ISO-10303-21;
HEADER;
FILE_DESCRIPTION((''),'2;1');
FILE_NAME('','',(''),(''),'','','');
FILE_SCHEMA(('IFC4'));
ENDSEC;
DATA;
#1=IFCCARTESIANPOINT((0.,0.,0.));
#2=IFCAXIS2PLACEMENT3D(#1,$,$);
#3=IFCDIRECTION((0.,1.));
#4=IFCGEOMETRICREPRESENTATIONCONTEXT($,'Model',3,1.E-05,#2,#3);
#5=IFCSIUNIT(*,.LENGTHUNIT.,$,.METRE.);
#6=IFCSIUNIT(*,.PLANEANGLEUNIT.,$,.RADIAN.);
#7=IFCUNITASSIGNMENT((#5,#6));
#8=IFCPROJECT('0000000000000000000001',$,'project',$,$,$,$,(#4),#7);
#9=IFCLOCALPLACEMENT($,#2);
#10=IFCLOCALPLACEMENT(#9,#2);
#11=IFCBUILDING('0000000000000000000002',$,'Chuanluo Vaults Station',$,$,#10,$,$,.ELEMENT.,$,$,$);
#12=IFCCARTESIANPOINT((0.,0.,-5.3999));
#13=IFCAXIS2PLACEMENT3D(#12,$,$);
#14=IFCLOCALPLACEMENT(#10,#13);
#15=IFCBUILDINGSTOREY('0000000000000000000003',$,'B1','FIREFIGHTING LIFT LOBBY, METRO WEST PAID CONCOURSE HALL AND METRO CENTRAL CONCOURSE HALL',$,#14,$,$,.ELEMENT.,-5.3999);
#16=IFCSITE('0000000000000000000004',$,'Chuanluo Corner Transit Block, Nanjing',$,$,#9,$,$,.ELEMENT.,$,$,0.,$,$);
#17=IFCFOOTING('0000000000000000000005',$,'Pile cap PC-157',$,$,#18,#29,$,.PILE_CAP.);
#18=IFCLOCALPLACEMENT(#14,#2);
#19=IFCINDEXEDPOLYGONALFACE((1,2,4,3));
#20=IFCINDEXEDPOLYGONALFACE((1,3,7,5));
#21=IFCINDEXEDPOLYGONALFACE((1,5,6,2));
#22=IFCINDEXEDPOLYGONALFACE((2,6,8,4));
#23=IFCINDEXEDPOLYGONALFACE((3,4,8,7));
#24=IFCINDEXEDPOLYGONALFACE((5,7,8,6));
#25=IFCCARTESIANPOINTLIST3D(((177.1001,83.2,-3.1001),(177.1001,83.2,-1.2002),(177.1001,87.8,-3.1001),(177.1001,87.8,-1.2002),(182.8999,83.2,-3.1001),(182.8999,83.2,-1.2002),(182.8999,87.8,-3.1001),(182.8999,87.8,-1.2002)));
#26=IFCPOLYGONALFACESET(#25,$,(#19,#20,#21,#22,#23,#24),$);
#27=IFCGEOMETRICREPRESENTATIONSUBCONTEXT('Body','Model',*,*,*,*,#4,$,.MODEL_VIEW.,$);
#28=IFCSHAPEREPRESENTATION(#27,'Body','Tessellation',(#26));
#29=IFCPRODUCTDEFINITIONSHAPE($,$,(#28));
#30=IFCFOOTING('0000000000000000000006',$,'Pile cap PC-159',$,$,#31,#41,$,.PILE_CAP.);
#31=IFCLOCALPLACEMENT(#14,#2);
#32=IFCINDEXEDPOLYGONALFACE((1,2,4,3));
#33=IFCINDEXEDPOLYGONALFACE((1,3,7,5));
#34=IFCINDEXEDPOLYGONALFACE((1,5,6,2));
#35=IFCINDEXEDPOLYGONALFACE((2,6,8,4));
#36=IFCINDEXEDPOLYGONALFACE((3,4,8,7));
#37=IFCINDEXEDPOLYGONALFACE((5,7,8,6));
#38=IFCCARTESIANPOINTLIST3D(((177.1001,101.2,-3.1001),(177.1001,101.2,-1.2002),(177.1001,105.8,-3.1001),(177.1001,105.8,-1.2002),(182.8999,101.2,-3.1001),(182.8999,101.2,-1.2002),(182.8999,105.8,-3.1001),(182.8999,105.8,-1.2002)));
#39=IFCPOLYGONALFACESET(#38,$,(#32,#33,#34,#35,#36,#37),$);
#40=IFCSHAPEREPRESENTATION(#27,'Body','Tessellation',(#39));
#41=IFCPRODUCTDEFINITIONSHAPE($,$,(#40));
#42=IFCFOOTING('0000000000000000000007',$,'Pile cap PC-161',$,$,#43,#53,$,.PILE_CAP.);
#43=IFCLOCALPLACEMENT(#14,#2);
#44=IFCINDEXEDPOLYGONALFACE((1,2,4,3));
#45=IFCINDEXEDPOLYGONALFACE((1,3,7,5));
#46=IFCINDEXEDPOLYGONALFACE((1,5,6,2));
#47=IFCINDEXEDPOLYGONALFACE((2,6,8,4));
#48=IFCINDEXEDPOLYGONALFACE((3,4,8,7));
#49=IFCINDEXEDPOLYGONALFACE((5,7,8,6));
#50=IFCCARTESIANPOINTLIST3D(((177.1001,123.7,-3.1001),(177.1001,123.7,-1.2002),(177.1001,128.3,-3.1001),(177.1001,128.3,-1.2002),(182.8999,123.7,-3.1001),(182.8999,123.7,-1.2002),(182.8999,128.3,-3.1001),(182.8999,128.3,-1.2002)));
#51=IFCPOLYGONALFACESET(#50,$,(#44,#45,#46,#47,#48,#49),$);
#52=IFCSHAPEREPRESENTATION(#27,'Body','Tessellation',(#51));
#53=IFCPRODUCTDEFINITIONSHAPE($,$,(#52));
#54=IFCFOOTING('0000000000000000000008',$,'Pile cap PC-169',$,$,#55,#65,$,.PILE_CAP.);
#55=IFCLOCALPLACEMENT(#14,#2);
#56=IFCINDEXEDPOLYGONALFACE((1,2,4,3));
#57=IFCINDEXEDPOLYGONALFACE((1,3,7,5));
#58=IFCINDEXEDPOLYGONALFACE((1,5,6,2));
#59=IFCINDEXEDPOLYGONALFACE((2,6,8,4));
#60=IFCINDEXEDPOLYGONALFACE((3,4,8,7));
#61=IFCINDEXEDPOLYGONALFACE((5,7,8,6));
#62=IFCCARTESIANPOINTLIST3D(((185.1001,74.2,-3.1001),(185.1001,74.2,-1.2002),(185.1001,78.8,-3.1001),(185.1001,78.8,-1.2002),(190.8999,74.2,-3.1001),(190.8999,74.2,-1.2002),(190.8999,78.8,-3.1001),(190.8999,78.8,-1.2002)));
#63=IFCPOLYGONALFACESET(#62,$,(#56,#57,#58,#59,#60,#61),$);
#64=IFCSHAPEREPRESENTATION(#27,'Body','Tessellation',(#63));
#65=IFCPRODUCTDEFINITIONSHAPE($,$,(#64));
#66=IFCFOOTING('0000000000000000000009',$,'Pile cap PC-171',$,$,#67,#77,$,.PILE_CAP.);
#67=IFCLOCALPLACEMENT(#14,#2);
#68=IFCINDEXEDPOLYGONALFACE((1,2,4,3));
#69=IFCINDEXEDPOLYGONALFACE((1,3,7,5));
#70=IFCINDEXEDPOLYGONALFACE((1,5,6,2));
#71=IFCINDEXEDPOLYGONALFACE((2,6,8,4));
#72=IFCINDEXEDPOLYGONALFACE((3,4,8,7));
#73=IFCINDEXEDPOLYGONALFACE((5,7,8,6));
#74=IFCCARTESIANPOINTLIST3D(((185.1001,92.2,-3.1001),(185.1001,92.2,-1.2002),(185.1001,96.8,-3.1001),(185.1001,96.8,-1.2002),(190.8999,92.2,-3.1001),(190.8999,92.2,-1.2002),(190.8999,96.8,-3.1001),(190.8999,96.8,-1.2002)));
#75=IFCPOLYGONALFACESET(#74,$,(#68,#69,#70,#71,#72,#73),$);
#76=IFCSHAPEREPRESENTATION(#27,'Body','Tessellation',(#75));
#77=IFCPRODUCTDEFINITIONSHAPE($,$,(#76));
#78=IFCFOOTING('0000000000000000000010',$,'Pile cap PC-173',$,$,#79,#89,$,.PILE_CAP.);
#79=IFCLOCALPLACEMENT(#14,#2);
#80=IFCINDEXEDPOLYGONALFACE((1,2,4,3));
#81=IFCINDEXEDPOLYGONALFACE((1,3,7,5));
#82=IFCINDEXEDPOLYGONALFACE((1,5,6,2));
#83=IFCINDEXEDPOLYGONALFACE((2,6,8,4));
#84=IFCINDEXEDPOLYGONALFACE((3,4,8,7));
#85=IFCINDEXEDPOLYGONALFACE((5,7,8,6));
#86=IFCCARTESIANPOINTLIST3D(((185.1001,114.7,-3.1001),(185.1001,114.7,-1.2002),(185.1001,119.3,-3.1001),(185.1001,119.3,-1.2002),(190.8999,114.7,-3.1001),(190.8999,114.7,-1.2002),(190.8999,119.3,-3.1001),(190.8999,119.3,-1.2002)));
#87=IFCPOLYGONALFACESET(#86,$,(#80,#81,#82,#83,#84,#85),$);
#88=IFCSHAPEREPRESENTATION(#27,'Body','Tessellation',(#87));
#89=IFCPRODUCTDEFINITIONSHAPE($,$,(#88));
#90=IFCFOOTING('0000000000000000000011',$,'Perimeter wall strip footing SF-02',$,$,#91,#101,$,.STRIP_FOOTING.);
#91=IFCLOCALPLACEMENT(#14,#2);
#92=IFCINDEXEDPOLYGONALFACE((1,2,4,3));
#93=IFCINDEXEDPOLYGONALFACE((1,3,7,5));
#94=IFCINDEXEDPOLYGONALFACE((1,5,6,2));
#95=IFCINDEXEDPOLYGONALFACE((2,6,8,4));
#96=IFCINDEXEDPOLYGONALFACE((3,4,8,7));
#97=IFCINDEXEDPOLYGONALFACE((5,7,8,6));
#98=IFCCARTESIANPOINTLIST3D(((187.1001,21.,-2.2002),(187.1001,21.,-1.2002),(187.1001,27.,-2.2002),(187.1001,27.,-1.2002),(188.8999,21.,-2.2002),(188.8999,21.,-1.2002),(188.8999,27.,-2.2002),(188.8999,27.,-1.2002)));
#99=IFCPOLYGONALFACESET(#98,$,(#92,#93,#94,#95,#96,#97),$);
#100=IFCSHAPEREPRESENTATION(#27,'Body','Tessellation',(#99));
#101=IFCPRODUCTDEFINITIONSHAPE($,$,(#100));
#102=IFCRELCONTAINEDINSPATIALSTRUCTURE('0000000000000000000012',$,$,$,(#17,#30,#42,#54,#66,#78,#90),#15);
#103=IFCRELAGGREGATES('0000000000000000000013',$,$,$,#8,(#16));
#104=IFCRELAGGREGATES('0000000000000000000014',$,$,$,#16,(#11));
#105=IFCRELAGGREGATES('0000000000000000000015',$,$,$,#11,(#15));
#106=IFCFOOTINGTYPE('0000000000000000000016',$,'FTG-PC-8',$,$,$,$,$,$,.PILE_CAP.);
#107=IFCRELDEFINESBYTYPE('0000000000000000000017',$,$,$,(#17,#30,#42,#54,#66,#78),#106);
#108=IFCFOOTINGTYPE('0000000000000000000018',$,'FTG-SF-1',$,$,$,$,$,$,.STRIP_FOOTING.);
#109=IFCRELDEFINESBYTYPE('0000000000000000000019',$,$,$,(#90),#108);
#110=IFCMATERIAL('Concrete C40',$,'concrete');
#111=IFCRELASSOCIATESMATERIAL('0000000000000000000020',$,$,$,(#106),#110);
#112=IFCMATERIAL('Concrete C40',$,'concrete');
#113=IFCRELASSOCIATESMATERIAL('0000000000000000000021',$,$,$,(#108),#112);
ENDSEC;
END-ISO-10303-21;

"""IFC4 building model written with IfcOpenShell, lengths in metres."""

from ifc_helpers import new_model, si_unit, direction, frame, origin, place, context, subcontext, project, spatial, polyline, outline, extrude, material, type_object, element, save


model = new_model("IFC4")

# Units and contexts
model_context = context("Model", 3, precision=1e-05, world=origin(), true_north=direction((0.0, 1.0)))
body_context = subcontext(model_context, "Body", "Model", "MODEL_VIEW")
ifc_project = project(units=[si_unit("LENGTHUNIT", "METRE"), si_unit("PLANEANGLEUNIT", "RADIAN")], contexts=[model_context])

# Site, building, storey
site_placement = place(None, origin())
site = spatial("IfcSite", under=ifc_project, at=site_placement, Name="Chuanluo Corner Transit Block, Nanjing", CompositionType="ELEMENT", RefElevation=0.0)
building_placement = place(site_placement, origin())
building = spatial("IfcBuilding", under=site, at=building_placement, Name="Chuanluo Vaults Station", CompositionType="ELEMENT")
storey_placement = place(building_placement, frame((0.0, 0.0, -5.3999)))
storey = spatial("IfcBuildingStorey", under=building, at=storey_placement, Name="B1", Description="FIREFIGHTING LIFT LOBBY, METRO WEST PAID CONCOURSE HALL AND METRO CENTRAL CONCOURSE HALL", CompositionType="ELEMENT", Elevation=-5.3999)

# Footings
ifc_material_1 = material(Name="Concrete C40", Category="concrete")
footing_type_1 = type_object("IfcFootingType", Name="FTG-PC-8", PredefinedType="PILE_CAP", material=ifc_material_1)
footing_1_placement = place(storey_placement, frame((0.0, 0.0, -3.1001)))
element("IfcFooting", 1, at=footing_1_placement, inside=storey, type_object=footing_type_1, Name="Pile cap PC-157", PredefinedType="PILE_CAP", context=body_context, shape_type="SweptSolid", body=[
    extrude(outline(polyline([(177.1001, 83.2), (182.8999, 83.2), (182.8999, 87.8), (177.1001, 87.8), (177.1001, 83.2)])), origin(), (0.0, 0.0, 1.0), 1.8999),
])
footing_2_placement = place(storey_placement, frame((0.0, 0.0, -3.1001)))
element("IfcFooting", 2, at=footing_2_placement, inside=storey, type_object=footing_type_1, Name="Pile cap PC-159", PredefinedType="PILE_CAP", context=body_context, shape_type="SweptSolid", body=[
    extrude(outline(polyline([(177.1001, 101.2), (182.8999, 101.2), (182.8999, 105.8), (177.1001, 105.8), (177.1001, 101.2)])), origin(), (0.0, 0.0, 1.0), 1.8999),
])
footing_3_placement = place(storey_placement, frame((0.0, 0.0, -3.1001)))
element("IfcFooting", 3, at=footing_3_placement, inside=storey, type_object=footing_type_1, Name="Pile cap PC-161", PredefinedType="PILE_CAP", context=body_context, shape_type="SweptSolid", body=[
    extrude(outline(polyline([(177.1001, 123.7), (182.8999, 123.7), (182.8999, 128.3), (177.1001, 128.3), (177.1001, 123.7)])), origin(), (0.0, 0.0, 1.0), 1.8999),
])
footing_4_placement = place(storey_placement, frame((0.0, 0.0, -3.1001)))
element("IfcFooting", 4, at=footing_4_placement, inside=storey, type_object=footing_type_1, Name="Pile cap PC-169", PredefinedType="PILE_CAP", context=body_context, shape_type="SweptSolid", body=[
    extrude(outline(polyline([(185.1001, 74.2), (190.8999, 74.2), (190.8999, 78.8), (185.1001, 78.8), (185.1001, 74.2)])), origin(), (0.0, 0.0, 1.0), 1.8999),
])
footing_5_placement = place(storey_placement, frame((0.0, 0.0, -3.1001)))
element("IfcFooting", 5, at=footing_5_placement, inside=storey, type_object=footing_type_1, Name="Pile cap PC-171", PredefinedType="PILE_CAP", context=body_context, shape_type="SweptSolid", body=[
    extrude(outline(polyline([(185.1001, 92.2), (190.8999, 92.2), (190.8999, 96.8), (185.1001, 96.8), (185.1001, 92.2)])), origin(), (0.0, 0.0, 1.0), 1.8999),
])
footing_6_placement = place(storey_placement, frame((0.0, 0.0, -3.1001)))
element("IfcFooting", 6, at=footing_6_placement, inside=storey, type_object=footing_type_1, Name="Pile cap PC-173", PredefinedType="PILE_CAP", context=body_context, shape_type="SweptSolid", body=[
    extrude(outline(polyline([(185.1001, 114.7), (190.8999, 114.7), (190.8999, 119.3), (185.1001, 119.3), (185.1001, 114.7)])), origin(), (0.0, 0.0, 1.0), 1.8999),
])
ifc_material_2 = material(Name="Concrete C40", Category="concrete")
footing_type_2 = type_object("IfcFootingType", Name="FTG-SF-1", PredefinedType="STRIP_FOOTING", material=ifc_material_2)
footing_7_placement = place(storey_placement, frame((0.0, 0.0, -2.2002)))
element("IfcFooting", 7, at=footing_7_placement, inside=storey, type_object=footing_type_2, Name="Perimeter wall strip footing SF-02", PredefinedType="STRIP_FOOTING", context=body_context, shape_type="SweptSolid", body=[
    extrude(outline(polyline([(187.1001, 21.0), (188.8999, 21.0), (188.8999, 27.0), (187.1001, 27.0), (187.1001, 21.0)])), origin(), (0.0, 0.0, 1.0), 1.0),
])

save(model, "model.ifc")
